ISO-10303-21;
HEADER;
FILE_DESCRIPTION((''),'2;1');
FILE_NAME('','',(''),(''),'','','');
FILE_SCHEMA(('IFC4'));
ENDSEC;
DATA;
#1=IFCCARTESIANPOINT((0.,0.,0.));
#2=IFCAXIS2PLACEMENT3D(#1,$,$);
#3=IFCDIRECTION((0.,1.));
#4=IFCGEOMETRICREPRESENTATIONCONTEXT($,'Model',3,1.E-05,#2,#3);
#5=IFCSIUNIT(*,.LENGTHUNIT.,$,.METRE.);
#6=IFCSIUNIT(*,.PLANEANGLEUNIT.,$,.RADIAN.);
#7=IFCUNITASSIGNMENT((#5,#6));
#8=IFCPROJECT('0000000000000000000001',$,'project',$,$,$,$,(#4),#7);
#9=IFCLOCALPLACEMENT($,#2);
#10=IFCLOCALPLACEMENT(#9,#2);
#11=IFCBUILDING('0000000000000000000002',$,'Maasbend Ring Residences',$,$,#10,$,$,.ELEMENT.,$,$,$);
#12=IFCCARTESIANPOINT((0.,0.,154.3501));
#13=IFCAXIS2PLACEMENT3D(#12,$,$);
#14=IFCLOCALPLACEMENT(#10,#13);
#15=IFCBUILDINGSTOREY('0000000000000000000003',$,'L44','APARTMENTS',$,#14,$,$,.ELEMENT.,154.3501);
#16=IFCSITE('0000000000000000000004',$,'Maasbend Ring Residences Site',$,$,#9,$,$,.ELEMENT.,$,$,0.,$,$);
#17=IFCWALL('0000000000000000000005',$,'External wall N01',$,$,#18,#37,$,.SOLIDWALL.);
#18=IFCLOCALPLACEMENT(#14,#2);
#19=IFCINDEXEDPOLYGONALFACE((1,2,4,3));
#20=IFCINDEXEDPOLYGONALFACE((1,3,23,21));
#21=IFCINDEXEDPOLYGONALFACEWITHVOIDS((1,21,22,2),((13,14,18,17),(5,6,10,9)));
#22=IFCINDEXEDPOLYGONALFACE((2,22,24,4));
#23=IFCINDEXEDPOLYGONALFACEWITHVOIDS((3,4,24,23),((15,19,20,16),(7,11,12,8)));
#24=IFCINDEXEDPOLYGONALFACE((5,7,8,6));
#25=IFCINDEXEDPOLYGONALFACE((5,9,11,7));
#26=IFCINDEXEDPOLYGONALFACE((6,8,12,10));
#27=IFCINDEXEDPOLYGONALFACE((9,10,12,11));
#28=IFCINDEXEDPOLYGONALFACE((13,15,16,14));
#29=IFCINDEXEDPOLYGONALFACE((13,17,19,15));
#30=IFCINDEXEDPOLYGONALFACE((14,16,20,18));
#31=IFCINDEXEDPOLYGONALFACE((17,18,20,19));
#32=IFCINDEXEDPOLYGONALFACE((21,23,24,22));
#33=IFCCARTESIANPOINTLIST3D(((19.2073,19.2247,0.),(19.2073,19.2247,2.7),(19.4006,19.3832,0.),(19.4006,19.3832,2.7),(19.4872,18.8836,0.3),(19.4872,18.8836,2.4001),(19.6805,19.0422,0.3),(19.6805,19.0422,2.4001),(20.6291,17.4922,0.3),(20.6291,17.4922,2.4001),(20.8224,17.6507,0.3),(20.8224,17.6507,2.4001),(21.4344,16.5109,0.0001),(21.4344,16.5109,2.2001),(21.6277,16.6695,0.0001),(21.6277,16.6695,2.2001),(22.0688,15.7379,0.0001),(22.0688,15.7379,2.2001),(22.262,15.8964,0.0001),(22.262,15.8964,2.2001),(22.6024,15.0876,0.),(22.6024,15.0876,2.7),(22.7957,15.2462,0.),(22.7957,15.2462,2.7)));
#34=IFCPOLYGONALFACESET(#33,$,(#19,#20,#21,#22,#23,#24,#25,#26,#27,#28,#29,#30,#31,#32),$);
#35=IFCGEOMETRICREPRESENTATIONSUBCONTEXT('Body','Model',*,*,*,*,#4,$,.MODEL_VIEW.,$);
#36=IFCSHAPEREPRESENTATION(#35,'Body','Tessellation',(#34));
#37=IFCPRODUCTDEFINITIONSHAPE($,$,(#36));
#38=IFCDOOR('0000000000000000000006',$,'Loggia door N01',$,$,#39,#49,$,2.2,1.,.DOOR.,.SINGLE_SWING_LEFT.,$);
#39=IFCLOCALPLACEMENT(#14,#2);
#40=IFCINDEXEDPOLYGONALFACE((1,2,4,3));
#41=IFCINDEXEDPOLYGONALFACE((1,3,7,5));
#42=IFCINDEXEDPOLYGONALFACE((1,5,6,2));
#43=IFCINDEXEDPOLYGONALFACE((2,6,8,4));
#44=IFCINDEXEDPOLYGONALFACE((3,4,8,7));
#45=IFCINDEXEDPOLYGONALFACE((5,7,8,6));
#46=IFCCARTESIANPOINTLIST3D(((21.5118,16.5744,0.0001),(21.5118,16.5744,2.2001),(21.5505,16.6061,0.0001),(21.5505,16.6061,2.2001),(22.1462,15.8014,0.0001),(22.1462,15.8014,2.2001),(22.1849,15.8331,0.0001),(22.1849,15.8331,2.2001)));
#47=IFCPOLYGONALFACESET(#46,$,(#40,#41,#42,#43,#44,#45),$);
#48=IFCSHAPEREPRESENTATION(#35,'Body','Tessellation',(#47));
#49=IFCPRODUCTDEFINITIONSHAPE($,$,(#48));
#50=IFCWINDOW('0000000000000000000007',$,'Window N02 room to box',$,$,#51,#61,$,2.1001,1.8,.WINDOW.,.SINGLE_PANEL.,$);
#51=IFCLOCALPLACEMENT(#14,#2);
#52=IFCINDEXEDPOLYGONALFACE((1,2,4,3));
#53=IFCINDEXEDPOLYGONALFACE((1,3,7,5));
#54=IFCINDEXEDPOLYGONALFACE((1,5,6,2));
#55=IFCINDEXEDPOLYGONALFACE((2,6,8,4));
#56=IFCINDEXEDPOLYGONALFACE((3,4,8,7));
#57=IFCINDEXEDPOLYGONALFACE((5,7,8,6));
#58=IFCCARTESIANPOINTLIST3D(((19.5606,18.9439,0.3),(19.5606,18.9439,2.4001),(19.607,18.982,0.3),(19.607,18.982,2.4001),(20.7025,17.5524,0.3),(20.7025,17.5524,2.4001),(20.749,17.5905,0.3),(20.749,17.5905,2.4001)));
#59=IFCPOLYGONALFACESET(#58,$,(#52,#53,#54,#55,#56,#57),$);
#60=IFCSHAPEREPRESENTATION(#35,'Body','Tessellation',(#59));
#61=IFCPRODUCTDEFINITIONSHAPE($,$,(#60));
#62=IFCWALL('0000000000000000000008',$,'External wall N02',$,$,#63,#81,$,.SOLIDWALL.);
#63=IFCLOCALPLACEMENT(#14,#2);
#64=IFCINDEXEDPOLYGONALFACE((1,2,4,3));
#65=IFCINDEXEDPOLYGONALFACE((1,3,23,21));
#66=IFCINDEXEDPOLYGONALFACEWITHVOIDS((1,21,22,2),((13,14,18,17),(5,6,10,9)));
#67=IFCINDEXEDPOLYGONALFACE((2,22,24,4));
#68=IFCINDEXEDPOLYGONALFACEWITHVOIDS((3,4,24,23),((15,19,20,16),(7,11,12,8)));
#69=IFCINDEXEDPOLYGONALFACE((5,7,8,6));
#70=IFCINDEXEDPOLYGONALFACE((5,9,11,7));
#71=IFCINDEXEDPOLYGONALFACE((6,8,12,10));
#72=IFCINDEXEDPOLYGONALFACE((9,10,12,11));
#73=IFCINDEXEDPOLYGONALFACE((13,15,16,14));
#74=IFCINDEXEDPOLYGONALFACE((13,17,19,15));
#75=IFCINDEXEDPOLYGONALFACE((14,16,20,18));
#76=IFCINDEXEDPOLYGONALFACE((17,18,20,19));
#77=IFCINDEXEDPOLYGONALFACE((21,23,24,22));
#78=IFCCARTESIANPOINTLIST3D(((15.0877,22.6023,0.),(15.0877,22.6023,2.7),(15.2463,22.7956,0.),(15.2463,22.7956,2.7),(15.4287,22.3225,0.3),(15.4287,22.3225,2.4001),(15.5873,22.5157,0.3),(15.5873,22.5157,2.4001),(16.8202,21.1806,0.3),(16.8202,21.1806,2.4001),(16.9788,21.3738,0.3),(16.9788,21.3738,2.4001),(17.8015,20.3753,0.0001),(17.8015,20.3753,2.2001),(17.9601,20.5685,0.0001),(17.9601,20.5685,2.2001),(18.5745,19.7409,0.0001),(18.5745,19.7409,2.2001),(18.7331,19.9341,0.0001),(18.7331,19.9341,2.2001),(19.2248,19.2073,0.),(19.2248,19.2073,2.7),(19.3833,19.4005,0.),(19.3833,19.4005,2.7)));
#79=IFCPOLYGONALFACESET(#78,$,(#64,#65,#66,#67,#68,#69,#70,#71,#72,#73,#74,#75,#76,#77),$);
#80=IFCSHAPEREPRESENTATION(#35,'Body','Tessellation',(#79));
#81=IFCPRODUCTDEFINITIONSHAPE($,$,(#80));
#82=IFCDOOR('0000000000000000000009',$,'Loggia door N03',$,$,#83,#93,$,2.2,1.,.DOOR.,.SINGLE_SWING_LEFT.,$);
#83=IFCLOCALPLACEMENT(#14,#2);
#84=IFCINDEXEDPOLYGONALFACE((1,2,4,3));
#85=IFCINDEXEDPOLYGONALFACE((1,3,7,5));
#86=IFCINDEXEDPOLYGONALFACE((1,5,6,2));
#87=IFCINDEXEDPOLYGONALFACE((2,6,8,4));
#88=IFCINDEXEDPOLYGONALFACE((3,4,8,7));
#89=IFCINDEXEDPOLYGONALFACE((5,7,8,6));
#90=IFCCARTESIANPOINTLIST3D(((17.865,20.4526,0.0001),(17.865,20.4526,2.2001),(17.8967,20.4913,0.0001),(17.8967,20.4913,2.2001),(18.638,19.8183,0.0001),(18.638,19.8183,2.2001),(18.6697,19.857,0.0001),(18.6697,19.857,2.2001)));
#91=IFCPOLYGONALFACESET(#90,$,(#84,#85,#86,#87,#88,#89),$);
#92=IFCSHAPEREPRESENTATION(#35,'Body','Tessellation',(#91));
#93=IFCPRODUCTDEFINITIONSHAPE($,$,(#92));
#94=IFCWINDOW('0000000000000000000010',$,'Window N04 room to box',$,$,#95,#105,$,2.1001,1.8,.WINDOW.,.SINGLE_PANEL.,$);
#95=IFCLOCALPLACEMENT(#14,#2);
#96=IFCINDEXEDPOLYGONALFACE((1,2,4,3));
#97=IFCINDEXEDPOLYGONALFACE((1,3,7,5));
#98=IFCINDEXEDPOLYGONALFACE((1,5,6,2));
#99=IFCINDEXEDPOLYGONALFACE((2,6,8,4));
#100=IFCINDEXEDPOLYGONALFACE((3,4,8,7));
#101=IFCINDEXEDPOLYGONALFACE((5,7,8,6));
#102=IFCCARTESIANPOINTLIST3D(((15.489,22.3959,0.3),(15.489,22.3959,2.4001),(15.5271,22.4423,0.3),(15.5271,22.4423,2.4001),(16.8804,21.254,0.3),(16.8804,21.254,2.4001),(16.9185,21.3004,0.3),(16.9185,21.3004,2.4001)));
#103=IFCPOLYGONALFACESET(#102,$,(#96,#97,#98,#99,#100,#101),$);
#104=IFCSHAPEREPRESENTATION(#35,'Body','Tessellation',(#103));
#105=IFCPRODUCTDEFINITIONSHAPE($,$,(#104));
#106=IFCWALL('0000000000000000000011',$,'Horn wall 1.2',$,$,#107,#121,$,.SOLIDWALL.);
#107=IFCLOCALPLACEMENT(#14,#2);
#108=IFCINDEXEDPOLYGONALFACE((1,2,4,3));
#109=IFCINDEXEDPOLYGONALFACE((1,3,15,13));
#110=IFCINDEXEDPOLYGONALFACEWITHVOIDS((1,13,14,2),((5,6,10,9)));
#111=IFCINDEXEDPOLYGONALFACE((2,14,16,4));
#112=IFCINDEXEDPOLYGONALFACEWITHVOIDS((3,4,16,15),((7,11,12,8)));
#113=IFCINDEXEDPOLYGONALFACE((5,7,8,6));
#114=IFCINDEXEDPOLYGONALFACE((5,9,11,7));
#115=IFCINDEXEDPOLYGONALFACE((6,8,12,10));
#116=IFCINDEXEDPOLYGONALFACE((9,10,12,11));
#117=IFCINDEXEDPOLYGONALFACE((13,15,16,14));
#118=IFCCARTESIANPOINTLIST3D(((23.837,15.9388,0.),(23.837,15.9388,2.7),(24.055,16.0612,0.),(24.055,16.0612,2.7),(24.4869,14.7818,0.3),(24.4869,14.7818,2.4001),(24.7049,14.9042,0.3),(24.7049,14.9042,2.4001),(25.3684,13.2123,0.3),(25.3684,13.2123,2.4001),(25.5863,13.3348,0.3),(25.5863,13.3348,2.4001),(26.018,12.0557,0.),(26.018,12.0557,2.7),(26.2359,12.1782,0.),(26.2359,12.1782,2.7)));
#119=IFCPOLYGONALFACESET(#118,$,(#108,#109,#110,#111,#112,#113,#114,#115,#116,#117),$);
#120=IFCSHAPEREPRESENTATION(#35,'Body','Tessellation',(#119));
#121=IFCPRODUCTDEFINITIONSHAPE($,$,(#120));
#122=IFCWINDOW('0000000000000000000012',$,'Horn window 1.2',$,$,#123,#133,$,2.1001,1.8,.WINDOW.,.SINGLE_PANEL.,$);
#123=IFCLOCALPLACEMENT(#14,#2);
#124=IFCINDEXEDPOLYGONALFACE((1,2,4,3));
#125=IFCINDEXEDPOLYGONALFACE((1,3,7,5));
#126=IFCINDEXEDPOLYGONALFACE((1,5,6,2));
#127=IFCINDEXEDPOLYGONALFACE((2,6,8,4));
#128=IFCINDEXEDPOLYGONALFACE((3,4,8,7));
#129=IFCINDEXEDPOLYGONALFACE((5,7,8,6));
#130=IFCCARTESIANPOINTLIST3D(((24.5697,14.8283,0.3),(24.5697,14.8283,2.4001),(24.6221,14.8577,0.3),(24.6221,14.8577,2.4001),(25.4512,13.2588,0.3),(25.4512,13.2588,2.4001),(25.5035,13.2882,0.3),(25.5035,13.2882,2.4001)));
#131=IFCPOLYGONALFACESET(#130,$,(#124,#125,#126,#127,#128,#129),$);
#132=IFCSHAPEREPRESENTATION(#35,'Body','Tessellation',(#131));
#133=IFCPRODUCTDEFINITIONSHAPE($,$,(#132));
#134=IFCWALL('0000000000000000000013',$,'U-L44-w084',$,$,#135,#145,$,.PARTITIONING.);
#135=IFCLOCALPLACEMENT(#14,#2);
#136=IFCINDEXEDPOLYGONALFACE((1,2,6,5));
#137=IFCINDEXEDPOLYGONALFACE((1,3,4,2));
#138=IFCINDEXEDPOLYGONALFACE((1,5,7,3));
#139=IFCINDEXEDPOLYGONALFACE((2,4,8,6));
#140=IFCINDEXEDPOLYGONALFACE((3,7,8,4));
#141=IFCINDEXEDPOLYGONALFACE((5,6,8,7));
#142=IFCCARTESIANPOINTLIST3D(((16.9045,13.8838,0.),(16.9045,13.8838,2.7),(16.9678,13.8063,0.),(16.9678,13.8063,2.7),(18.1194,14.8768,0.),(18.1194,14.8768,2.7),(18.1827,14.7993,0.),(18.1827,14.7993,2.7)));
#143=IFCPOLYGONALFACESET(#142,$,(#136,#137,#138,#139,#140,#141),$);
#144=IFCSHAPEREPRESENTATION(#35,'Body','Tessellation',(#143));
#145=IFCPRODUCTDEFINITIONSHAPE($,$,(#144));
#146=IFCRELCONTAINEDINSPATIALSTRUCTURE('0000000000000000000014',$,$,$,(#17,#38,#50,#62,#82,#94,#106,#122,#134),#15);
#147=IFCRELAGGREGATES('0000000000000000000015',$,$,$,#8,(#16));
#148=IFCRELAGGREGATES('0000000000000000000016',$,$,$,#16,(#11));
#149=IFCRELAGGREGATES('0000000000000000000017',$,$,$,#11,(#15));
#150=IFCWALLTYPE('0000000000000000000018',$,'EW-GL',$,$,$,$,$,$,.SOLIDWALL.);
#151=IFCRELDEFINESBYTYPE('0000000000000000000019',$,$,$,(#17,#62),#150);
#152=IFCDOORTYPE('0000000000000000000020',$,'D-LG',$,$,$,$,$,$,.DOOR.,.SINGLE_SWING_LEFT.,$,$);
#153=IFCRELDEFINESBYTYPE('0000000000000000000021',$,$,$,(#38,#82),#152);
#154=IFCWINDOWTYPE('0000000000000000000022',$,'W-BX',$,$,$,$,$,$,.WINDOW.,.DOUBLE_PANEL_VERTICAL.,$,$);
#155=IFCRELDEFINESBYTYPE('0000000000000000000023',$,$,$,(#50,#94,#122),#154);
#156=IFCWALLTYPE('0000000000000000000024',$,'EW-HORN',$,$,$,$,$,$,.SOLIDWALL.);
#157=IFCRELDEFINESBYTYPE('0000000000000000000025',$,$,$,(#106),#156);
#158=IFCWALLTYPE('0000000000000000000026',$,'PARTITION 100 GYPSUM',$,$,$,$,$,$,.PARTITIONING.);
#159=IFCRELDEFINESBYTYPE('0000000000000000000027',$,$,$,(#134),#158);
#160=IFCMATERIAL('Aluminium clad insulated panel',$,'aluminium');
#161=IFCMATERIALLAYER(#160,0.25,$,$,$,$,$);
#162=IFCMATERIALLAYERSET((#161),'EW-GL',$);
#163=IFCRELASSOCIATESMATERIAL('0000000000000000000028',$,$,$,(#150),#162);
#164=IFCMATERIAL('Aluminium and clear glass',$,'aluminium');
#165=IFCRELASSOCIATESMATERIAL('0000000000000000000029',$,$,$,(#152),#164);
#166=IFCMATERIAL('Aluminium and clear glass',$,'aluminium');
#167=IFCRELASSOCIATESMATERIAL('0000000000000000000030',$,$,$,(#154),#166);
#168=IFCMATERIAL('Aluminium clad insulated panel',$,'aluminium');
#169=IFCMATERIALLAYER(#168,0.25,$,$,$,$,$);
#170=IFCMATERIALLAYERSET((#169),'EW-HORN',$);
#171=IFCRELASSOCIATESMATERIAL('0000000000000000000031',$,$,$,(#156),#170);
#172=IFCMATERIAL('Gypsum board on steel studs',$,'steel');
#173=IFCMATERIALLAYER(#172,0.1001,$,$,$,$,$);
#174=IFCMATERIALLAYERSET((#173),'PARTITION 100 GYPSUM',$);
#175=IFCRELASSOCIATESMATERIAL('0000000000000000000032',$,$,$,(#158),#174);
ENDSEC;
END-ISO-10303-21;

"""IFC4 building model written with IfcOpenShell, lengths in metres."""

from ifc_helpers import new_model, si_unit, direction, frame, frame_2d, origin, place, context, subcontext, project, spatial, rectangle, extrude, material, layer, layer_set, type_object, element, fill, save


model = new_model("IFC4")

# Units and contexts
model_context = context("Model", 3, precision=1e-05, world=origin(), true_north=direction((0.0, 1.0)))
body_context = subcontext(model_context, "Body", "Model", "MODEL_VIEW")
ifc_project = project(units=[si_unit("LENGTHUNIT", "METRE"), si_unit("PLANEANGLEUNIT", "RADIAN")], contexts=[model_context])

# Site, building, storey
site_placement = place(None, origin())
site = spatial("IfcSite", under=ifc_project, at=site_placement, Name="Maasbend Ring Residences Site", CompositionType="ELEMENT", RefElevation=0.0)
building_placement = place(site_placement, origin())
building = spatial("IfcBuilding", under=site, at=building_placement, Name="Maasbend Ring Residences", CompositionType="ELEMENT")
storey_placement = place(building_placement, frame((0.0, 0.0, 154.3501)))
storey = spatial("IfcBuildingStorey", under=building, at=storey_placement, Name="L44", Description="APARTMENTS", CompositionType="ELEMENT", Elevation=154.3501)

# Walls, openings, doors, windows
ifc_material_1 = material(Name="Aluminium clad insulated panel", Category="aluminium")
ifc_layer_1 = layer(ifc_material_1, 0.25)
ifc_layer_set_1 = layer_set([ifc_layer_1], Name="EW-GL")
wall_type_1 = type_object("IfcWallType", Name="EW-GL", PredefinedType="SOLIDWALL", material=ifc_layer_set_1)
wall_1_placement = place(storey_placement, frame((22.699, 15.167, 0.0), z_axis=(0.0, 0.0, 1.0), x_axis=(-0.634382, 0.773019, 0.0)))
wall_1 = element("IfcWall", 1, at=wall_1_placement, inside=storey, type_object=wall_type_1, Name="External wall N01", PredefinedType="SOLIDWALL", context=body_context, shape_type="SweptSolid", body=[
    extrude(rectangle(XDim=5.3518, YDim=0.25, at=frame_2d((2.6758, 0.0))), origin(), (0.0, 0.0, 1.0), 2.7),
])
opening_1_placement = place(wall_1_placement, frame((0.8411, 0.0, 0.0)))
opening_1 = element("IfcOpeningElement", 2, at=opening_1_placement, cuts=wall_1, PredefinedType="OPENING", context=body_context, shape_type="SweptSolid", body=[
    extrude(rectangle(XDim=1.0, YDim=2.2, at=frame_2d((0.5, 1.1001))), frame((0.0, 0.135, 0.0), z_axis=(0.0, -1.0, 0.0), x_axis=(1.0, 0.0, 0.0)), (0.0, 0.0, 1.0), 0.27),
])
opening_2_placement = place(wall_1_placement, frame((3.1106, 0.0, 0.3)))
opening_2 = element("IfcOpeningElement", 3, at=opening_2_placement, cuts=wall_1, PredefinedType="OPENING", context=body_context, shape_type="SweptSolid", body=[
    extrude(rectangle(XDim=1.8, YDim=2.1001, at=frame_2d((0.8999, 1.05))), frame((0.0, 0.135, 0.0), z_axis=(0.0, -1.0, 0.0), x_axis=(1.0, 0.0, 0.0)), (0.0, 0.0, 1.0), 0.27),
])
ifc_material_2 = material(Name="Aluminium and clear glass", Category="aluminium")
door_type_1 = type_object("IfcDoorType", Name="D-LG", OperationType="SINGLE_SWING_LEFT", PredefinedType="DOOR", material=ifc_material_2)
door_1_placement = place(opening_1_placement, origin())
door_1 = element("IfcDoor", 4, at=door_1_placement, inside=storey, type_object=door_type_1, Name="Loggia door N01", OperationType="SINGLE_SWING_LEFT", OverallHeight=2.2, OverallWidth=1.0, PredefinedType="DOOR", context=body_context, shape_type="SweptSolid", body=[
    extrude(rectangle(XDim=1.0, YDim=2.2, at=frame_2d((0.5, 1.1001))), frame((0.0, 0.0249, 0.0), z_axis=(0.0, -1.0, 0.0), x_axis=(1.0, 0.0, 0.0)), (0.0, 0.0, 1.0), 0.05),
])
fill(opening_1, door_1)
ifc_material_3 = material(Name="Aluminium and clear glass", Category="aluminium")
window_type_1 = type_object("IfcWindowType", Name="W-BX", PartitioningType="DOUBLE_PANEL_VERTICAL", PredefinedType="WINDOW", material=ifc_material_3)
window_1_placement = place(opening_2_placement, origin())
window_1 = element("IfcWindow", 5, at=window_1_placement, inside=storey, type_object=window_type_1, Name="Window N02 room to box", OverallHeight=2.1001, OverallWidth=1.8, PartitioningType="SINGLE_PANEL", PredefinedType="WINDOW", context=body_context, shape_type="SweptSolid", body=[
    extrude(rectangle(XDim=1.8, YDim=2.1001, at=frame_2d((0.8999, 1.05))), frame((0.0, 0.03, 0.0), z_axis=(0.0, -1.0, 0.0), x_axis=(1.0, 0.0, 0.0)), (0.0, 0.0, 1.0), 0.0601),
])
fill(opening_2, window_1)
wall_2_placement = place(storey_placement, frame((19.304, 19.304, 0.0), z_axis=(0.0, 0.0, 1.0), x_axis=(-0.773019, 0.634382, 0.0)))
wall_2 = element("IfcWall", 6, at=wall_2_placement, inside=storey, type_object=wall_type_1, Name="External wall N02", PredefinedType="SOLIDWALL", context=body_context, shape_type="SweptSolid", body=[
    extrude(rectangle(XDim=5.3518, YDim=0.25, at=frame_2d((2.6758, 0.0))), origin(), (0.0, 0.0, 1.0), 2.7),
])
opening_3_placement = place(wall_2_placement, frame((0.8411, 0.0, 0.0)))
opening_3 = element("IfcOpeningElement", 7, at=opening_3_placement, cuts=wall_2, PredefinedType="OPENING", context=body_context, shape_type="SweptSolid", body=[
    extrude(rectangle(XDim=1.0, YDim=2.2, at=frame_2d((0.5, 1.1001))), frame((0.0, 0.135, 0.0), z_axis=(0.0, -1.0, 0.0), x_axis=(1.0, 0.0, 0.0)), (0.0, 0.0, 1.0), 0.27),
])
opening_4_placement = place(wall_2_placement, frame((3.1106, 0.0, 0.3)))
opening_4 = element("IfcOpeningElement", 8, at=opening_4_placement, cuts=wall_2, PredefinedType="OPENING", context=body_context, shape_type="SweptSolid", body=[
    extrude(rectangle(XDim=1.8, YDim=2.1001, at=frame_2d((0.8999, 1.05))), frame((0.0, 0.135, 0.0), z_axis=(0.0, -1.0, 0.0), x_axis=(1.0, 0.0, 0.0)), (0.0, 0.0, 1.0), 0.27),
])
door_2_placement = place(opening_3_placement, origin())
door_2 = element("IfcDoor", 9, at=door_2_placement, inside=storey, type_object=door_type_1, Name="Loggia door N03", OperationType="SINGLE_SWING_LEFT", OverallHeight=2.2, OverallWidth=1.0, PredefinedType="DOOR", context=body_context, shape_type="SweptSolid", body=[
    extrude(rectangle(XDim=1.0, YDim=2.2, at=frame_2d((0.5, 1.1001))), frame((0.0, 0.0249, 0.0), z_axis=(0.0, -1.0, 0.0), x_axis=(1.0, 0.0, 0.0)), (0.0, 0.0, 1.0), 0.05),
])
fill(opening_3, door_2)
window_2_placement = place(opening_4_placement, origin())
window_2 = element("IfcWindow", 10, at=window_2_placement, inside=storey, type_object=window_type_1, Name="Window N04 room to box", OverallHeight=2.1001, OverallWidth=1.8, PartitioningType="SINGLE_PANEL", PredefinedType="WINDOW", context=body_context, shape_type="SweptSolid", body=[
    extrude(rectangle(XDim=1.8, YDim=2.1001, at=frame_2d((0.8999, 1.05))), frame((0.0, 0.03, 0.0), z_axis=(0.0, -1.0, 0.0), x_axis=(1.0, 0.0, 0.0)), (0.0, 0.0, 1.0), 0.0601),
])
fill(opening_4, window_2)

# Wall, opening, window
ifc_material_4 = material(Name="Aluminium clad insulated panel", Category="aluminium")
ifc_layer_2 = layer(ifc_material_4, 0.25)
ifc_layer_set_2 = layer_set([ifc_layer_2], Name="EW-HORN")
wall_type_2 = type_object("IfcWallType", Name="EW-HORN", PredefinedType="SOLIDWALL", material=ifc_layer_set_2)
wall_3_placement = place(storey_placement, frame((26.127, 12.1169, 0.0), z_axis=(0.0, 0.0, 1.0), x_axis=(-0.489696, 0.871893, 0.0)))
wall_3 = element("IfcWall", 11, at=wall_3_placement, inside=storey, type_object=wall_type_2, Name="Horn wall 1.2", PredefinedType="SOLIDWALL", context=body_context, shape_type="SweptSolid", body=[
    extrude(rectangle(XDim=4.4536, YDim=0.25, at=frame_2d((2.2268, 0.0))), origin(), (0.0, 0.0, 1.0), 2.7),
])
opening_5_placement = place(wall_3_placement, frame((1.3267, 0.0, 0.3)))
opening_5 = element("IfcOpeningElement", 12, at=opening_5_placement, cuts=wall_3, PredefinedType="OPENING", context=body_context, shape_type="SweptSolid", body=[
    extrude(rectangle(XDim=1.8, YDim=2.1001, at=frame_2d((0.8999, 1.05))), frame((0.0, 0.135, 0.0), z_axis=(0.0, -1.0, 0.0), x_axis=(1.0, 0.0, 0.0)), (0.0, 0.0, 1.0), 0.27),
])
window_3_placement = place(opening_5_placement, origin())
window_3 = element("IfcWindow", 13, at=window_3_placement, inside=storey, type_object=window_type_1, Name="Horn window 1.2", OverallHeight=2.1001, OverallWidth=1.8, PartitioningType="SINGLE_PANEL", PredefinedType="WINDOW", context=body_context, shape_type="SweptSolid", body=[
    extrude(rectangle(XDim=1.8, YDim=2.1001, at=frame_2d((0.8999, 1.05))), frame((0.0, 0.03, 0.0), z_axis=(0.0, -1.0, 0.0), x_axis=(1.0, 0.0, 0.0)), (0.0, 0.0, 1.0), 0.0601),
])
fill(opening_5, window_3)

# Wall
ifc_material_5 = material(Name="Gypsum board on steel studs", Category="steel")
ifc_layer_3 = layer(ifc_material_5, 0.1001)
ifc_layer_set_3 = layer_set([ifc_layer_3], Name="PARTITION 100 GYPSUM")
wall_type_3 = type_object("IfcWallType", Name="PARTITION 100 GYPSUM", PredefinedType="PARTITIONING", material=ifc_layer_set_3)
wall_4_placement = place(storey_placement, frame((16.936, 13.845, 0.0), z_axis=(0.0, 0.0, 1.0), x_axis=(0.774283, 0.632839, 0.0)))
element("IfcWall", 14, at=wall_4_placement, inside=storey, type_object=wall_type_3, Name="U-L44-w084", PredefinedType="PARTITIONING", context=body_context, shape_type="SweptSolid", body=[
    extrude(rectangle(XDim=1.5691, YDim=0.1001, at=frame_2d((0.7847, 0.0))), origin(), (0.0, 0.0, 1.0), 2.7),
])

save(model, "model.ifc")
